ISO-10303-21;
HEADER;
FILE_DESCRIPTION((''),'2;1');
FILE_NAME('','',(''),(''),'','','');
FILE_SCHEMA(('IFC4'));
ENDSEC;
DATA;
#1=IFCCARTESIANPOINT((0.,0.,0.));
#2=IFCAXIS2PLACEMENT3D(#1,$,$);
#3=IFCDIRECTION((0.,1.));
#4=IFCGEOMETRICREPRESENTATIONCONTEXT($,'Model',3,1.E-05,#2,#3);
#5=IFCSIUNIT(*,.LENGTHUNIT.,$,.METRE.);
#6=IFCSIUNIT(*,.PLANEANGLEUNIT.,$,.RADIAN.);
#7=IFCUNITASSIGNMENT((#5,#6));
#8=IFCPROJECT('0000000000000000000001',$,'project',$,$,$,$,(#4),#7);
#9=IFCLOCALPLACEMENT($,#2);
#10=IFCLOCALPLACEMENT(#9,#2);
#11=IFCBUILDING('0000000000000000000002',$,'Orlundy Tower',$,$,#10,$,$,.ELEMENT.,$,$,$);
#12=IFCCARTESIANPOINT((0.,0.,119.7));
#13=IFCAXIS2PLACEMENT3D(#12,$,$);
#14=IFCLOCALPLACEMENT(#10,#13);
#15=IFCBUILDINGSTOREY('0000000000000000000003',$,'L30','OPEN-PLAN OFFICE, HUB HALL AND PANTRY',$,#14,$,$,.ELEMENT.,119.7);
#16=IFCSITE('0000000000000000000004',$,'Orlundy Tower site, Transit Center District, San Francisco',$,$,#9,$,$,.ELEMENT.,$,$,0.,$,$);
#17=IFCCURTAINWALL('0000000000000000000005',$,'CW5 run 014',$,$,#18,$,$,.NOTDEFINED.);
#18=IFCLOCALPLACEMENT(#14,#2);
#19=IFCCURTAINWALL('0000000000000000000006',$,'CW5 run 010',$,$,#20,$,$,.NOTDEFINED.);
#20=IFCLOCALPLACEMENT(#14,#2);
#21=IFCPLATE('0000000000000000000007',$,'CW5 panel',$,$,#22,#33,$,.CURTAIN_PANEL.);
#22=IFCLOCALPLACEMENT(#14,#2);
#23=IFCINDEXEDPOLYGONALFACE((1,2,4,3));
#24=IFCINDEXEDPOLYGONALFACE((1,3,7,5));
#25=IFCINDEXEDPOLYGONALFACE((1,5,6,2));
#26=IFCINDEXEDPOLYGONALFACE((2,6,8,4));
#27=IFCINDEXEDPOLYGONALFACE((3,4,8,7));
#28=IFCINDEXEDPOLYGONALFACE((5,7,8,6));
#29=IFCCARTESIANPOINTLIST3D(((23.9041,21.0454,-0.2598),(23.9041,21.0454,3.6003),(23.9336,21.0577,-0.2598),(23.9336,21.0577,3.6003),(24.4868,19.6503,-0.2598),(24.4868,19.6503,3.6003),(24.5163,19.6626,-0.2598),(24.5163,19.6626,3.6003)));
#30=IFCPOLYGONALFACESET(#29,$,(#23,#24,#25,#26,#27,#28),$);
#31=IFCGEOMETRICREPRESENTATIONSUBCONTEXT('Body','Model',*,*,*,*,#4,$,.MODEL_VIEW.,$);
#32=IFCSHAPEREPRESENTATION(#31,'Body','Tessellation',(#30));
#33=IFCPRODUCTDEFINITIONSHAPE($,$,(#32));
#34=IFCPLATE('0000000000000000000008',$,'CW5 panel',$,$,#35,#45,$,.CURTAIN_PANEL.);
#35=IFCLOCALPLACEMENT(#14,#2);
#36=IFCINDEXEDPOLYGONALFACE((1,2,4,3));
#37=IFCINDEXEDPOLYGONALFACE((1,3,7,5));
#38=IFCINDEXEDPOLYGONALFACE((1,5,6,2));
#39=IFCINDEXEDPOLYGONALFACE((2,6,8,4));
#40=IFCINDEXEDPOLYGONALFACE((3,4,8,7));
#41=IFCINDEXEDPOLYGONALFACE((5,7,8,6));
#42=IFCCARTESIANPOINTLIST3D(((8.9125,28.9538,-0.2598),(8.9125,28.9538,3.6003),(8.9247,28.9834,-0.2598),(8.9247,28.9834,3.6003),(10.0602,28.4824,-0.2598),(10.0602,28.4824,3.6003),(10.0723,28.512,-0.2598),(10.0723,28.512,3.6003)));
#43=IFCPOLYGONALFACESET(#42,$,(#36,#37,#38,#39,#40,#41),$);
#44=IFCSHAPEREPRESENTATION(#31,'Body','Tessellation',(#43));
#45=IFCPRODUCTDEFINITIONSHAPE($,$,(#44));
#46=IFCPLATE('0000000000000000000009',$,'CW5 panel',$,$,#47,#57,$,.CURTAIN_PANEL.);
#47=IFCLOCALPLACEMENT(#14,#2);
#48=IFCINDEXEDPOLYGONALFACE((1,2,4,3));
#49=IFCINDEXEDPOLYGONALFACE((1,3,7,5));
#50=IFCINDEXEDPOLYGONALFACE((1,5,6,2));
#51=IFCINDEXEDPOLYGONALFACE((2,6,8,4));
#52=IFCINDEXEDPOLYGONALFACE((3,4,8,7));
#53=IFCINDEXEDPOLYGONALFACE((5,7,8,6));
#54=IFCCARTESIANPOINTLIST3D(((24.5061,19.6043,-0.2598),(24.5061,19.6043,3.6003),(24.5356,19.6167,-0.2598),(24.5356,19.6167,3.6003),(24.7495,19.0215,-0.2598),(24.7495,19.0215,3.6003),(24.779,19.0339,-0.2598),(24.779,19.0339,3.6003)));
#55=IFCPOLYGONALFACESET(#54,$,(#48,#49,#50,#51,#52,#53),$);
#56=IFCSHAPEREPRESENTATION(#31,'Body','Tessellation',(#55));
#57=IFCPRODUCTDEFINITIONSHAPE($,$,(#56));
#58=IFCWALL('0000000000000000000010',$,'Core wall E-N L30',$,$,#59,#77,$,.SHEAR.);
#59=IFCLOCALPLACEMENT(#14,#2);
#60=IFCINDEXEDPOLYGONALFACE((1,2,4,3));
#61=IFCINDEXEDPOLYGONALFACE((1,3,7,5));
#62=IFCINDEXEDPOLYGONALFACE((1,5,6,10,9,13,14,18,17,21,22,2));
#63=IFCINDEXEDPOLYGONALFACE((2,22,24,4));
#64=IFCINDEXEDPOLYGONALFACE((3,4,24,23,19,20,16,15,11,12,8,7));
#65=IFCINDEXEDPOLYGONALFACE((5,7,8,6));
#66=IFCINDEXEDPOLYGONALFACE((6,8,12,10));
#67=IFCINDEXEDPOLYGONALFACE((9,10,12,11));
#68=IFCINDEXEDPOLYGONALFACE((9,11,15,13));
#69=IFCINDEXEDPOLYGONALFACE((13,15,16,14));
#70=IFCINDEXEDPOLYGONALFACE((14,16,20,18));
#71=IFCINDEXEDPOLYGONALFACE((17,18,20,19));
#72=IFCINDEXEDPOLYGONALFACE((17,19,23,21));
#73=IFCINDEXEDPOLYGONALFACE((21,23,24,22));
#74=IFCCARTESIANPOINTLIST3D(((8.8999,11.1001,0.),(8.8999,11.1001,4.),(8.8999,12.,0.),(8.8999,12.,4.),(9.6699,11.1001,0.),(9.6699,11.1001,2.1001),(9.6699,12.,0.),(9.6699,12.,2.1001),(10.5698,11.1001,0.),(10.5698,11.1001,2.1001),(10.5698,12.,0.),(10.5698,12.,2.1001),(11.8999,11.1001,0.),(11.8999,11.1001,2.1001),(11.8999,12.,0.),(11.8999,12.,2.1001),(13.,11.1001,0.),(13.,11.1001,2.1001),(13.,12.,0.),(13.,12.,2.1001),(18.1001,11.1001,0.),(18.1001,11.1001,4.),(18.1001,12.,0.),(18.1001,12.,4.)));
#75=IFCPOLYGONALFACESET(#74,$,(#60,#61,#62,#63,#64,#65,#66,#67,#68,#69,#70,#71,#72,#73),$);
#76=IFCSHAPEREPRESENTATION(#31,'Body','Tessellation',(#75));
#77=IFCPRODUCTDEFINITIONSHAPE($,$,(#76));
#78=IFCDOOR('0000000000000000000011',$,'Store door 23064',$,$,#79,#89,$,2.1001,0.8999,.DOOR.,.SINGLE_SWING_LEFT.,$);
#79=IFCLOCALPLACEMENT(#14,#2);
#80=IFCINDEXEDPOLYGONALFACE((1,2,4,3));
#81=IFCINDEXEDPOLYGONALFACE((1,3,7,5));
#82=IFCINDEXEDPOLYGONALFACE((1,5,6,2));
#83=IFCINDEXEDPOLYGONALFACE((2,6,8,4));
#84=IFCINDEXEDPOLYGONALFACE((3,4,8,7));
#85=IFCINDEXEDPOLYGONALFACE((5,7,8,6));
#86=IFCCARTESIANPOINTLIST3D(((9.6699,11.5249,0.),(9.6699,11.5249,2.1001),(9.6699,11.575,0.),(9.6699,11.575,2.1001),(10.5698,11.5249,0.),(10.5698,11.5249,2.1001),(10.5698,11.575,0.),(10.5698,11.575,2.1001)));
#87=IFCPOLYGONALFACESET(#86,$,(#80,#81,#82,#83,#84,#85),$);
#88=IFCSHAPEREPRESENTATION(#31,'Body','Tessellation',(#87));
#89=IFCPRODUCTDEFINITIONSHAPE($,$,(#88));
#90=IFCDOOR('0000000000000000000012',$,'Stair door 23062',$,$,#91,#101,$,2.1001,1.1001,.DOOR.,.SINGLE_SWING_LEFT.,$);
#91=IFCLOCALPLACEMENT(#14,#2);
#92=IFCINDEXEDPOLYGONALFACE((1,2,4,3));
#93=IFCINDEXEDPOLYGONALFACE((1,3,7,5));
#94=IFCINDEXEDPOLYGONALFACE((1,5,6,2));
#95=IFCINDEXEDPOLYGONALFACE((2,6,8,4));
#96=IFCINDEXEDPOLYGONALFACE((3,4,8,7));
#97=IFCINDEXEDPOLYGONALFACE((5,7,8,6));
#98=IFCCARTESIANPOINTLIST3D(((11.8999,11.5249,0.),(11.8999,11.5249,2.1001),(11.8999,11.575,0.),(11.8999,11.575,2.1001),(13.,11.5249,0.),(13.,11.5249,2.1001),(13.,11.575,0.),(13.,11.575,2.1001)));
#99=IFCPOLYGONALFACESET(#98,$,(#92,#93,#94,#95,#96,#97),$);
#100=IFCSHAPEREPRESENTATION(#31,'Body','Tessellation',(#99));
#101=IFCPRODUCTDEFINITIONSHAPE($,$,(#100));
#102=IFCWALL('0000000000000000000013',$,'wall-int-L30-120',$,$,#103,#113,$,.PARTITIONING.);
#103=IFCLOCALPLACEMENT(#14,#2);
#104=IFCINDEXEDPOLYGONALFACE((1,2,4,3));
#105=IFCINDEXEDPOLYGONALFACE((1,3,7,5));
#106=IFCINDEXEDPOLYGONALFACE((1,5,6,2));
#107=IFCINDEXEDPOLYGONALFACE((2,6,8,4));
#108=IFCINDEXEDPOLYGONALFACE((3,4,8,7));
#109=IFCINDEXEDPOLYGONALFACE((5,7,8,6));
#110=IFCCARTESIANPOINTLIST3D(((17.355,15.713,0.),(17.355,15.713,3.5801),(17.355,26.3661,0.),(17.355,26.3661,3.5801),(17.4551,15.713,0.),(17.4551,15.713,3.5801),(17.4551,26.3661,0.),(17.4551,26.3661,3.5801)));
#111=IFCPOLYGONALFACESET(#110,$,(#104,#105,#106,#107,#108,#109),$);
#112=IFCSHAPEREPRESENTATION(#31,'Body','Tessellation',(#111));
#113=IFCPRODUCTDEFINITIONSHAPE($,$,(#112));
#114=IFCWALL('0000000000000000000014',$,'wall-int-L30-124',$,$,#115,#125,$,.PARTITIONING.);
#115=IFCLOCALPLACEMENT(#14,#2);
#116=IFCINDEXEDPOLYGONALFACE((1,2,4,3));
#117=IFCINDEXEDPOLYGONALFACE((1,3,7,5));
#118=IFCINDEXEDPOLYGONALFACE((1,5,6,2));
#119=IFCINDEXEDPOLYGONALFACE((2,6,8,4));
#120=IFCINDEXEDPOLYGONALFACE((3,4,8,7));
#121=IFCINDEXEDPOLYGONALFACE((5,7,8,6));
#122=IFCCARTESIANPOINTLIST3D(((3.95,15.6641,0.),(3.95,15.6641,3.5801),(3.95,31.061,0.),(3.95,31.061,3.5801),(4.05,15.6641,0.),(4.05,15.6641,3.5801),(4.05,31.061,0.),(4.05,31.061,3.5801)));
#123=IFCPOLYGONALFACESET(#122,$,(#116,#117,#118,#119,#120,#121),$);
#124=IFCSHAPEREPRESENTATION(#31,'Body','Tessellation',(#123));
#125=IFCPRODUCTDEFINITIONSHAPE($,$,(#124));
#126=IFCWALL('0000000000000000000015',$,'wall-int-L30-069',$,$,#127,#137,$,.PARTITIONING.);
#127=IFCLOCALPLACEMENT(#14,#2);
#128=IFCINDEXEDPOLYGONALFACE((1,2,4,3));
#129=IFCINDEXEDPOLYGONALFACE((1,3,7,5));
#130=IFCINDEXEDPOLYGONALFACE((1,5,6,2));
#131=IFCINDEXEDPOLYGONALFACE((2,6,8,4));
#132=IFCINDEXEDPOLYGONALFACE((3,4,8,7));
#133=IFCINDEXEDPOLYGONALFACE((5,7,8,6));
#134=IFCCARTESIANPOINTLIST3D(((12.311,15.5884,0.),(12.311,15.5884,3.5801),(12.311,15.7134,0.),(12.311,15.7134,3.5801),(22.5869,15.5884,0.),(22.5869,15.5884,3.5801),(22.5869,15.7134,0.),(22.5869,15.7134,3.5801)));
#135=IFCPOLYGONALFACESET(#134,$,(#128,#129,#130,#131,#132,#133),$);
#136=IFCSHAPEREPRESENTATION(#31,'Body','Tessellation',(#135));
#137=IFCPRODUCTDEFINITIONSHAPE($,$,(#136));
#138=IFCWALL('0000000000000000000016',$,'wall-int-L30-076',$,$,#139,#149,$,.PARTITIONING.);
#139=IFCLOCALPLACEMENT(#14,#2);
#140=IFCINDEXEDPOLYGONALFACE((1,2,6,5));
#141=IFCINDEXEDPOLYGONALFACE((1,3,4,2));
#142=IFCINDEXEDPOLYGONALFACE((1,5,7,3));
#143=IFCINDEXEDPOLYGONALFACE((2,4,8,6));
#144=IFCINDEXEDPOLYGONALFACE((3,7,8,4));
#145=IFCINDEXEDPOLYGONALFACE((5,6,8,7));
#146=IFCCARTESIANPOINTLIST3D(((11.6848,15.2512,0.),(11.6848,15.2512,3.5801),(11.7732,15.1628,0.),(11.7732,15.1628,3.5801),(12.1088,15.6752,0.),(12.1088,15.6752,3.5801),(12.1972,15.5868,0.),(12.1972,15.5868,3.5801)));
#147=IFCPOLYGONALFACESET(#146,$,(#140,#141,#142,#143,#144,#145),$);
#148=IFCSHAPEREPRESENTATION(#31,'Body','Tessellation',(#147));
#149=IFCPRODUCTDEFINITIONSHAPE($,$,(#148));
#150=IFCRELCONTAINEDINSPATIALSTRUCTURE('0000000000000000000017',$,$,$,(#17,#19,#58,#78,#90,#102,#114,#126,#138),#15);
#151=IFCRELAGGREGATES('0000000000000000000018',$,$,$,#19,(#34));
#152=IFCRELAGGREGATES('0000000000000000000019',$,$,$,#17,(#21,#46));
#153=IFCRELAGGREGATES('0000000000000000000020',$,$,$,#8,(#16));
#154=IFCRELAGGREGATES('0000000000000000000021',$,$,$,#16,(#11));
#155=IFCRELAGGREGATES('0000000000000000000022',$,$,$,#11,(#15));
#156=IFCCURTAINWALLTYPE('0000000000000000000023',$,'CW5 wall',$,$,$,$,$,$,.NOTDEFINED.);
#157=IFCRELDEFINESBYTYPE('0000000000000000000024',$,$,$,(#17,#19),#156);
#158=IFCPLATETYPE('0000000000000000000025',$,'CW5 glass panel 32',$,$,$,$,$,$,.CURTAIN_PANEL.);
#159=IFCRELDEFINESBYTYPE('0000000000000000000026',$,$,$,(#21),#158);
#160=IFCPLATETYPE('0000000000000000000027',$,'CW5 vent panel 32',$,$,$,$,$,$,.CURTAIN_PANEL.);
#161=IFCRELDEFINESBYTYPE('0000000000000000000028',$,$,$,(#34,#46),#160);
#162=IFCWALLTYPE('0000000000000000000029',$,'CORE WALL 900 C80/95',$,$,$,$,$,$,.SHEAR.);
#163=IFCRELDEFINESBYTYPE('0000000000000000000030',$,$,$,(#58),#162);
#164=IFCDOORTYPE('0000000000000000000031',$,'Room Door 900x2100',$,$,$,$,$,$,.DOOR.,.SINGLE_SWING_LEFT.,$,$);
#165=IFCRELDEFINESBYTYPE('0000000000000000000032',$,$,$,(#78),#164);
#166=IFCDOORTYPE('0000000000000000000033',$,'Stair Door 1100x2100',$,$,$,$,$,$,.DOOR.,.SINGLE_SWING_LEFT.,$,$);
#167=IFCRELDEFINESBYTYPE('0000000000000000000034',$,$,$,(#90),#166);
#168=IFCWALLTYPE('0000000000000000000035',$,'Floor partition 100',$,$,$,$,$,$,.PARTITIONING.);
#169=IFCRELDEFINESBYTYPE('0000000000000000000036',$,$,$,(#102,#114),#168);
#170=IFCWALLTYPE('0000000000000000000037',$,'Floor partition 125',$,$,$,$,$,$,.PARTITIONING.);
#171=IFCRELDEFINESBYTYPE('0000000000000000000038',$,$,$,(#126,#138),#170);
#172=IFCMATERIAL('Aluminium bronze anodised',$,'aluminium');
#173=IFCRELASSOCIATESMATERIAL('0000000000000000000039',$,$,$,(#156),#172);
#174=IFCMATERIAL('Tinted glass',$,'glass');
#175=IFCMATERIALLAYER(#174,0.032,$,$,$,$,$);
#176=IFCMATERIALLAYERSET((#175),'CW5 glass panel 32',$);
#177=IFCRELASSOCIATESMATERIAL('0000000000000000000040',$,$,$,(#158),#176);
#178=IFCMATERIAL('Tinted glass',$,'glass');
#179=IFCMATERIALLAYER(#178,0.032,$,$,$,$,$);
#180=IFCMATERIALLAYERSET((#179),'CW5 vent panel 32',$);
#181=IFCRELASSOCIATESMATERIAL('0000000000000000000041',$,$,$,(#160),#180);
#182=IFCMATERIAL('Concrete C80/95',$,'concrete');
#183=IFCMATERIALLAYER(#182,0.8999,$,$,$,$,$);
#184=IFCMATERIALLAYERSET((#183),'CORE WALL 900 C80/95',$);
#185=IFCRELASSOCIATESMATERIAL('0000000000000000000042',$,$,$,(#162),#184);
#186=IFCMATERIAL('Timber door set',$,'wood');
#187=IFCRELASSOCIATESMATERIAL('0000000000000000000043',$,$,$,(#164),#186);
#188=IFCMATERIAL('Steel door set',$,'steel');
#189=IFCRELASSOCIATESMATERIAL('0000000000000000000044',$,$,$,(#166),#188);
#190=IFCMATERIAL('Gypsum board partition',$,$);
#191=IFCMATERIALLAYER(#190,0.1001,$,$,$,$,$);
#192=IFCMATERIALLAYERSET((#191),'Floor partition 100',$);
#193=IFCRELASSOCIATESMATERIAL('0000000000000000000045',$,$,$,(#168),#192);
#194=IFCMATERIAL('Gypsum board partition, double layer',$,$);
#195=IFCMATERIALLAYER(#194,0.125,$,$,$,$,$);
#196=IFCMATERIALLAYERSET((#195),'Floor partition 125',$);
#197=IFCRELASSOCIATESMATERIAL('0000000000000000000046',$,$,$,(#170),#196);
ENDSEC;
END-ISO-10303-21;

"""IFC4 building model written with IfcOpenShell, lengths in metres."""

from ifc_helpers import new_model, si_unit, direction, frame, frame_2d, origin, origin_2d, place, context, subcontext, project, spatial, rectangle, extrude, material, layer, layer_set, type_object, element, fill, aggregate, save


model = new_model("IFC4")

# Units and contexts
model_context = context("Model", 3, precision=1e-05, world=origin(), true_north=direction((0.0, 1.0)))
body_context = subcontext(model_context, "Body", "Model", "MODEL_VIEW")
ifc_project = project(units=[si_unit("LENGTHUNIT", "METRE"), si_unit("PLANEANGLEUNIT", "RADIAN")], contexts=[model_context])

# Site, building, storey
site_placement = place(None, origin())
site = spatial("IfcSite", under=ifc_project, at=site_placement, Name="Orlundy Tower site, Transit Center District, San Francisco", CompositionType="ELEMENT", RefElevation=0.0)
building_placement = place(site_placement, origin())
building = spatial("IfcBuilding", under=site, at=building_placement, Name="Orlundy Tower", CompositionType="ELEMENT")
storey_placement = place(building_placement, frame((0.0, 0.0, 119.7)))
storey = spatial("IfcBuildingStorey", under=building, at=storey_placement, Name="L30", Description="OPEN-PLAN OFFICE, HUB HALL AND PANTRY", CompositionType="ELEMENT", Elevation=119.7)

# Curtain wall
ifc_material_1 = material(Name="Aluminium bronze anodised", Category="aluminium")
curtain_wall_type = type_object("IfcCurtainWallType", Name="CW5 wall", PredefinedType="NOTDEFINED", material=ifc_material_1)
curtain_wall_1_placement = place(storey_placement, origin())
curtain_wall_1 = element("IfcCurtainWall", 1, at=curtain_wall_1_placement, inside=storey, type_object=curtain_wall_type, Name="CW5 run 014", PredefinedType="NOTDEFINED")

# Curtain wall
curtain_wall_2_placement = place(storey_placement, origin())
curtain_wall_2 = element("IfcCurtainWall", 2, at=curtain_wall_2_placement, inside=storey, type_object=curtain_wall_type, Name="CW5 run 010", PredefinedType="NOTDEFINED")

# Plates
ifc_material_2 = material(Name="Tinted glass", Category="glass")
ifc_layer_1 = layer(ifc_material_2, 0.032)
ifc_layer_set_1 = layer_set([ifc_layer_1], Name="CW5 glass panel 32")
plate_type_1 = type_object("IfcPlateType", Name="CW5 glass panel 32", PredefinedType="CURTAIN_PANEL", material=ifc_layer_set_1)
plate_1_placement = place(storey_placement, frame((24.2102, 20.354, -0.2598), z_axis=(0.0, 0.0, 1.0), x_axis=(0.385419, -0.922742, 0.0)))
plate_1 = element("IfcPlate", 3, at=plate_1_placement, type_object=plate_type_1, Name="CW5 panel", PredefinedType="CURTAIN_PANEL", context=body_context, shape_type="SweptSolid", body=[
    extrude(rectangle(XDim=1.512, YDim=0.032, at=origin_2d()), origin(), (0.0, 0.0, 1.0), 3.8601),
])
ifc_material_3 = material(Name="Tinted glass", Category="glass")
ifc_layer_2 = layer(ifc_material_3, 0.032)
ifc_layer_set_2 = layer_set([ifc_layer_2], Name="CW5 vent panel 32")
plate_type_2 = type_object("IfcPlateType", Name="CW5 vent panel 32", PredefinedType="CURTAIN_PANEL", material=ifc_layer_set_2)
plate_2_placement = place(storey_placement, frame((9.4924, 28.7329, -0.2598), z_axis=(0.0, 0.0, 1.0), x_axis=(0.924996, -0.379977, 0.0)))
plate_2 = element("IfcPlate", 4, at=plate_2_placement, type_object=plate_type_2, Name="CW5 panel", PredefinedType="CURTAIN_PANEL", context=body_context, shape_type="SweptSolid", body=[
    extrude(rectangle(XDim=1.2407, YDim=0.032, at=origin_2d()), origin(), (0.0, 0.0, 1.0), 3.8601),
])
aggregate(curtain_wall_2, [plate_2])
plate_3_placement = place(storey_placement, frame((24.6426, 19.3191, -0.2598), z_axis=(0.0, 0.0, 1.0), x_axis=(0.385419, -0.922742, 0.0)))
plate_3 = element("IfcPlate", 5, at=plate_3_placement, type_object=plate_type_2, Name="CW5 panel", PredefinedType="CURTAIN_PANEL", context=body_context, shape_type="SweptSolid", body=[
    extrude(rectangle(XDim=0.6316, YDim=0.032, at=origin_2d()), origin(), (0.0, 0.0, 1.0), 3.8601),
])
aggregate(curtain_wall_1, [plate_1, plate_3])

# Wall, openings, doors
ifc_material_4 = material(Name="Concrete C80/95", Category="concrete")
ifc_layer_3 = layer(ifc_material_4, 0.8999)
ifc_layer_set_3 = layer_set([ifc_layer_3], Name="CORE WALL 900 C80/95")
wall_type_1 = type_object("IfcWallType", Name="CORE WALL 900 C80/95", PredefinedType="SHEAR", material=ifc_layer_set_3)
wall_1_placement = place(storey_placement, frame((8.8999, 11.55, 0.0), z_axis=(0.0, 0.0, 1.0), x_axis=(1.0, 0.0, 0.0)))
wall_1 = element("IfcWall", 6, at=wall_1_placement, inside=storey, type_object=wall_type_1, Name="Core wall E-N L30", PredefinedType="SHEAR", context=body_context, shape_type="SweptSolid", body=[
    extrude(rectangle(XDim=9.2002, YDim=0.8999, at=frame_2d((4.6001, 0.0))), origin(), (0.0, 0.0, 1.0), 4.0),
])
opening_1_placement = place(wall_1_placement, frame((3.0, 0.0, 0.0)))
opening_1 = element("IfcOpeningElement", 7, at=opening_1_placement, cuts=wall_1, PredefinedType="OPENING", context=body_context, shape_type="SweptSolid", body=[
    extrude(rectangle(XDim=1.1001, YDim=2.1001, at=frame_2d((0.55, 1.05))), frame((0.0, 0.46, 0.0), z_axis=(0.0, -1.0, 0.0), x_axis=(1.0, 0.0, 0.0)), (0.0, 0.0, 1.0), 0.9199),
])
opening_2_placement = place(wall_1_placement, frame((0.77, 0.0, 0.0)))
opening_2 = element("IfcOpeningElement", 8, at=opening_2_placement, cuts=wall_1, PredefinedType="OPENING", context=body_context, shape_type="SweptSolid", body=[
    extrude(rectangle(XDim=0.8999, YDim=2.1001, at=frame_2d((0.45, 1.05))), frame((0.0, 0.46, 0.0), z_axis=(0.0, -1.0, 0.0), x_axis=(1.0, 0.0, 0.0)), (0.0, 0.0, 1.0), 0.9199),
])
ifc_material_5 = material(Name="Timber door set", Category="wood")
door_type_1 = type_object("IfcDoorType", Name="Room Door 900x2100", OperationType="SINGLE_SWING_LEFT", PredefinedType="DOOR", material=ifc_material_5)
door_1_placement = place(opening_2_placement, origin())
door_1 = element("IfcDoor", 9, at=door_1_placement, inside=storey, type_object=door_type_1, Name="Store door 23064", OperationType="SINGLE_SWING_LEFT", OverallHeight=2.1001, OverallWidth=0.8999, PredefinedType="DOOR", context=body_context, shape_type="SweptSolid", body=[
    extrude(rectangle(XDim=0.8999, YDim=2.1001, at=frame_2d((0.45, 1.05))), frame((0.0, 0.0249, 0.0), z_axis=(0.0, -1.0, 0.0), x_axis=(1.0, 0.0, 0.0)), (0.0, 0.0, 1.0), 0.05),
])
fill(opening_2, door_1)
ifc_material_6 = material(Name="Steel door set", Category="steel")
door_type_2 = type_object("IfcDoorType", Name="Stair Door 1100x2100", OperationType="SINGLE_SWING_LEFT", PredefinedType="DOOR", material=ifc_material_6)
door_2_placement = place(opening_1_placement, origin())
door_2 = element("IfcDoor", 10, at=door_2_placement, inside=storey, type_object=door_type_2, Name="Stair door 23062", OperationType="SINGLE_SWING_LEFT", OverallHeight=2.1001, OverallWidth=1.1001, PredefinedType="DOOR", context=body_context, shape_type="SweptSolid", body=[
    extrude(rectangle(XDim=1.1001, YDim=2.1001, at=frame_2d((0.55, 1.05))), frame((0.0, 0.0249, 0.0), z_axis=(0.0, -1.0, 0.0), x_axis=(1.0, 0.0, 0.0)), (0.0, 0.0, 1.0), 0.05),
])
fill(opening_1, door_2)

# Walls
ifc_material_7 = material(Name="Gypsum board partition")
ifc_layer_4 = layer(ifc_material_7, 0.1001)
ifc_layer_set_4 = layer_set([ifc_layer_4], Name="Floor partition 100")
wall_type_2 = type_object("IfcWallType", Name="Floor partition 100", PredefinedType="PARTITIONING", material=ifc_layer_set_4)
wall_2_placement = place(storey_placement, frame((17.405, 15.7129, 0.0), z_axis=(0.0, 0.0, 1.0), x_axis=(0.0, 1.0, 0.0)))
element("IfcWall", 11, at=wall_2_placement, inside=storey, type_object=wall_type_2, Name="wall-int-L30-120", PredefinedType="PARTITIONING", context=body_context, shape_type="SweptSolid", body=[
    extrude(rectangle(XDim=10.6531, YDim=0.1001, at=frame_2d((5.3267, 0.0))), origin(), (0.0, 0.0, 1.0), 3.5801),
])
wall_3_placement = place(storey_placement, frame((4.0, 15.6641, 0.0), z_axis=(0.0, 0.0, 1.0), x_axis=(0.0, 1.0, 0.0)))
element("IfcWall", 12, at=wall_3_placement, inside=storey, type_object=wall_type_2, Name="wall-int-L30-124", PredefinedType="PARTITIONING", context=body_context, shape_type="SweptSolid", body=[
    extrude(rectangle(XDim=15.397, YDim=0.1001, at=frame_2d((7.6985, 0.0))), origin(), (0.0, 0.0, 1.0), 3.5801),
])
ifc_material_8 = material(Name="Gypsum board partition, double layer")
ifc_layer_5 = layer(ifc_material_8, 0.125)
ifc_layer_set_5 = layer_set([ifc_layer_5], Name="Floor partition 125")
wall_type_3 = type_object("IfcWallType", Name="Floor partition 125", PredefinedType="PARTITIONING", material=ifc_layer_set_5)
wall_4_placement = place(storey_placement, frame((12.311, 15.6509, 0.0), z_axis=(0.0, 0.0, 1.0), x_axis=(1.0, 0.0, 0.0)))
element("IfcWall", 13, at=wall_4_placement, inside=storey, type_object=wall_type_3, Name="wall-int-L30-069", PredefinedType="PARTITIONING", context=body_context, shape_type="SweptSolid", body=[
    extrude(rectangle(XDim=10.2759, YDim=0.125, at=frame_2d((5.1379, 0.0))), origin(), (0.0, 0.0, 1.0), 3.5801),
])
wall_5_placement = place(storey_placement, frame((11.729, 15.207, 0.0), z_axis=(0.0, 0.0, 1.0), x_axis=(0.707107, 0.707107, 0.0)))
element("IfcWall", 14, at=wall_5_placement, inside=storey, type_object=wall_type_3, Name="wall-int-L30-076", PredefinedType="PARTITIONING", context=body_context, shape_type="SweptSolid", body=[
    extrude(rectangle(XDim=0.5996, YDim=0.125, at=frame_2d((0.2998, 0.0))), origin(), (0.0, 0.0, 1.0), 3.5801),
])

save(model, "model.ifc")
